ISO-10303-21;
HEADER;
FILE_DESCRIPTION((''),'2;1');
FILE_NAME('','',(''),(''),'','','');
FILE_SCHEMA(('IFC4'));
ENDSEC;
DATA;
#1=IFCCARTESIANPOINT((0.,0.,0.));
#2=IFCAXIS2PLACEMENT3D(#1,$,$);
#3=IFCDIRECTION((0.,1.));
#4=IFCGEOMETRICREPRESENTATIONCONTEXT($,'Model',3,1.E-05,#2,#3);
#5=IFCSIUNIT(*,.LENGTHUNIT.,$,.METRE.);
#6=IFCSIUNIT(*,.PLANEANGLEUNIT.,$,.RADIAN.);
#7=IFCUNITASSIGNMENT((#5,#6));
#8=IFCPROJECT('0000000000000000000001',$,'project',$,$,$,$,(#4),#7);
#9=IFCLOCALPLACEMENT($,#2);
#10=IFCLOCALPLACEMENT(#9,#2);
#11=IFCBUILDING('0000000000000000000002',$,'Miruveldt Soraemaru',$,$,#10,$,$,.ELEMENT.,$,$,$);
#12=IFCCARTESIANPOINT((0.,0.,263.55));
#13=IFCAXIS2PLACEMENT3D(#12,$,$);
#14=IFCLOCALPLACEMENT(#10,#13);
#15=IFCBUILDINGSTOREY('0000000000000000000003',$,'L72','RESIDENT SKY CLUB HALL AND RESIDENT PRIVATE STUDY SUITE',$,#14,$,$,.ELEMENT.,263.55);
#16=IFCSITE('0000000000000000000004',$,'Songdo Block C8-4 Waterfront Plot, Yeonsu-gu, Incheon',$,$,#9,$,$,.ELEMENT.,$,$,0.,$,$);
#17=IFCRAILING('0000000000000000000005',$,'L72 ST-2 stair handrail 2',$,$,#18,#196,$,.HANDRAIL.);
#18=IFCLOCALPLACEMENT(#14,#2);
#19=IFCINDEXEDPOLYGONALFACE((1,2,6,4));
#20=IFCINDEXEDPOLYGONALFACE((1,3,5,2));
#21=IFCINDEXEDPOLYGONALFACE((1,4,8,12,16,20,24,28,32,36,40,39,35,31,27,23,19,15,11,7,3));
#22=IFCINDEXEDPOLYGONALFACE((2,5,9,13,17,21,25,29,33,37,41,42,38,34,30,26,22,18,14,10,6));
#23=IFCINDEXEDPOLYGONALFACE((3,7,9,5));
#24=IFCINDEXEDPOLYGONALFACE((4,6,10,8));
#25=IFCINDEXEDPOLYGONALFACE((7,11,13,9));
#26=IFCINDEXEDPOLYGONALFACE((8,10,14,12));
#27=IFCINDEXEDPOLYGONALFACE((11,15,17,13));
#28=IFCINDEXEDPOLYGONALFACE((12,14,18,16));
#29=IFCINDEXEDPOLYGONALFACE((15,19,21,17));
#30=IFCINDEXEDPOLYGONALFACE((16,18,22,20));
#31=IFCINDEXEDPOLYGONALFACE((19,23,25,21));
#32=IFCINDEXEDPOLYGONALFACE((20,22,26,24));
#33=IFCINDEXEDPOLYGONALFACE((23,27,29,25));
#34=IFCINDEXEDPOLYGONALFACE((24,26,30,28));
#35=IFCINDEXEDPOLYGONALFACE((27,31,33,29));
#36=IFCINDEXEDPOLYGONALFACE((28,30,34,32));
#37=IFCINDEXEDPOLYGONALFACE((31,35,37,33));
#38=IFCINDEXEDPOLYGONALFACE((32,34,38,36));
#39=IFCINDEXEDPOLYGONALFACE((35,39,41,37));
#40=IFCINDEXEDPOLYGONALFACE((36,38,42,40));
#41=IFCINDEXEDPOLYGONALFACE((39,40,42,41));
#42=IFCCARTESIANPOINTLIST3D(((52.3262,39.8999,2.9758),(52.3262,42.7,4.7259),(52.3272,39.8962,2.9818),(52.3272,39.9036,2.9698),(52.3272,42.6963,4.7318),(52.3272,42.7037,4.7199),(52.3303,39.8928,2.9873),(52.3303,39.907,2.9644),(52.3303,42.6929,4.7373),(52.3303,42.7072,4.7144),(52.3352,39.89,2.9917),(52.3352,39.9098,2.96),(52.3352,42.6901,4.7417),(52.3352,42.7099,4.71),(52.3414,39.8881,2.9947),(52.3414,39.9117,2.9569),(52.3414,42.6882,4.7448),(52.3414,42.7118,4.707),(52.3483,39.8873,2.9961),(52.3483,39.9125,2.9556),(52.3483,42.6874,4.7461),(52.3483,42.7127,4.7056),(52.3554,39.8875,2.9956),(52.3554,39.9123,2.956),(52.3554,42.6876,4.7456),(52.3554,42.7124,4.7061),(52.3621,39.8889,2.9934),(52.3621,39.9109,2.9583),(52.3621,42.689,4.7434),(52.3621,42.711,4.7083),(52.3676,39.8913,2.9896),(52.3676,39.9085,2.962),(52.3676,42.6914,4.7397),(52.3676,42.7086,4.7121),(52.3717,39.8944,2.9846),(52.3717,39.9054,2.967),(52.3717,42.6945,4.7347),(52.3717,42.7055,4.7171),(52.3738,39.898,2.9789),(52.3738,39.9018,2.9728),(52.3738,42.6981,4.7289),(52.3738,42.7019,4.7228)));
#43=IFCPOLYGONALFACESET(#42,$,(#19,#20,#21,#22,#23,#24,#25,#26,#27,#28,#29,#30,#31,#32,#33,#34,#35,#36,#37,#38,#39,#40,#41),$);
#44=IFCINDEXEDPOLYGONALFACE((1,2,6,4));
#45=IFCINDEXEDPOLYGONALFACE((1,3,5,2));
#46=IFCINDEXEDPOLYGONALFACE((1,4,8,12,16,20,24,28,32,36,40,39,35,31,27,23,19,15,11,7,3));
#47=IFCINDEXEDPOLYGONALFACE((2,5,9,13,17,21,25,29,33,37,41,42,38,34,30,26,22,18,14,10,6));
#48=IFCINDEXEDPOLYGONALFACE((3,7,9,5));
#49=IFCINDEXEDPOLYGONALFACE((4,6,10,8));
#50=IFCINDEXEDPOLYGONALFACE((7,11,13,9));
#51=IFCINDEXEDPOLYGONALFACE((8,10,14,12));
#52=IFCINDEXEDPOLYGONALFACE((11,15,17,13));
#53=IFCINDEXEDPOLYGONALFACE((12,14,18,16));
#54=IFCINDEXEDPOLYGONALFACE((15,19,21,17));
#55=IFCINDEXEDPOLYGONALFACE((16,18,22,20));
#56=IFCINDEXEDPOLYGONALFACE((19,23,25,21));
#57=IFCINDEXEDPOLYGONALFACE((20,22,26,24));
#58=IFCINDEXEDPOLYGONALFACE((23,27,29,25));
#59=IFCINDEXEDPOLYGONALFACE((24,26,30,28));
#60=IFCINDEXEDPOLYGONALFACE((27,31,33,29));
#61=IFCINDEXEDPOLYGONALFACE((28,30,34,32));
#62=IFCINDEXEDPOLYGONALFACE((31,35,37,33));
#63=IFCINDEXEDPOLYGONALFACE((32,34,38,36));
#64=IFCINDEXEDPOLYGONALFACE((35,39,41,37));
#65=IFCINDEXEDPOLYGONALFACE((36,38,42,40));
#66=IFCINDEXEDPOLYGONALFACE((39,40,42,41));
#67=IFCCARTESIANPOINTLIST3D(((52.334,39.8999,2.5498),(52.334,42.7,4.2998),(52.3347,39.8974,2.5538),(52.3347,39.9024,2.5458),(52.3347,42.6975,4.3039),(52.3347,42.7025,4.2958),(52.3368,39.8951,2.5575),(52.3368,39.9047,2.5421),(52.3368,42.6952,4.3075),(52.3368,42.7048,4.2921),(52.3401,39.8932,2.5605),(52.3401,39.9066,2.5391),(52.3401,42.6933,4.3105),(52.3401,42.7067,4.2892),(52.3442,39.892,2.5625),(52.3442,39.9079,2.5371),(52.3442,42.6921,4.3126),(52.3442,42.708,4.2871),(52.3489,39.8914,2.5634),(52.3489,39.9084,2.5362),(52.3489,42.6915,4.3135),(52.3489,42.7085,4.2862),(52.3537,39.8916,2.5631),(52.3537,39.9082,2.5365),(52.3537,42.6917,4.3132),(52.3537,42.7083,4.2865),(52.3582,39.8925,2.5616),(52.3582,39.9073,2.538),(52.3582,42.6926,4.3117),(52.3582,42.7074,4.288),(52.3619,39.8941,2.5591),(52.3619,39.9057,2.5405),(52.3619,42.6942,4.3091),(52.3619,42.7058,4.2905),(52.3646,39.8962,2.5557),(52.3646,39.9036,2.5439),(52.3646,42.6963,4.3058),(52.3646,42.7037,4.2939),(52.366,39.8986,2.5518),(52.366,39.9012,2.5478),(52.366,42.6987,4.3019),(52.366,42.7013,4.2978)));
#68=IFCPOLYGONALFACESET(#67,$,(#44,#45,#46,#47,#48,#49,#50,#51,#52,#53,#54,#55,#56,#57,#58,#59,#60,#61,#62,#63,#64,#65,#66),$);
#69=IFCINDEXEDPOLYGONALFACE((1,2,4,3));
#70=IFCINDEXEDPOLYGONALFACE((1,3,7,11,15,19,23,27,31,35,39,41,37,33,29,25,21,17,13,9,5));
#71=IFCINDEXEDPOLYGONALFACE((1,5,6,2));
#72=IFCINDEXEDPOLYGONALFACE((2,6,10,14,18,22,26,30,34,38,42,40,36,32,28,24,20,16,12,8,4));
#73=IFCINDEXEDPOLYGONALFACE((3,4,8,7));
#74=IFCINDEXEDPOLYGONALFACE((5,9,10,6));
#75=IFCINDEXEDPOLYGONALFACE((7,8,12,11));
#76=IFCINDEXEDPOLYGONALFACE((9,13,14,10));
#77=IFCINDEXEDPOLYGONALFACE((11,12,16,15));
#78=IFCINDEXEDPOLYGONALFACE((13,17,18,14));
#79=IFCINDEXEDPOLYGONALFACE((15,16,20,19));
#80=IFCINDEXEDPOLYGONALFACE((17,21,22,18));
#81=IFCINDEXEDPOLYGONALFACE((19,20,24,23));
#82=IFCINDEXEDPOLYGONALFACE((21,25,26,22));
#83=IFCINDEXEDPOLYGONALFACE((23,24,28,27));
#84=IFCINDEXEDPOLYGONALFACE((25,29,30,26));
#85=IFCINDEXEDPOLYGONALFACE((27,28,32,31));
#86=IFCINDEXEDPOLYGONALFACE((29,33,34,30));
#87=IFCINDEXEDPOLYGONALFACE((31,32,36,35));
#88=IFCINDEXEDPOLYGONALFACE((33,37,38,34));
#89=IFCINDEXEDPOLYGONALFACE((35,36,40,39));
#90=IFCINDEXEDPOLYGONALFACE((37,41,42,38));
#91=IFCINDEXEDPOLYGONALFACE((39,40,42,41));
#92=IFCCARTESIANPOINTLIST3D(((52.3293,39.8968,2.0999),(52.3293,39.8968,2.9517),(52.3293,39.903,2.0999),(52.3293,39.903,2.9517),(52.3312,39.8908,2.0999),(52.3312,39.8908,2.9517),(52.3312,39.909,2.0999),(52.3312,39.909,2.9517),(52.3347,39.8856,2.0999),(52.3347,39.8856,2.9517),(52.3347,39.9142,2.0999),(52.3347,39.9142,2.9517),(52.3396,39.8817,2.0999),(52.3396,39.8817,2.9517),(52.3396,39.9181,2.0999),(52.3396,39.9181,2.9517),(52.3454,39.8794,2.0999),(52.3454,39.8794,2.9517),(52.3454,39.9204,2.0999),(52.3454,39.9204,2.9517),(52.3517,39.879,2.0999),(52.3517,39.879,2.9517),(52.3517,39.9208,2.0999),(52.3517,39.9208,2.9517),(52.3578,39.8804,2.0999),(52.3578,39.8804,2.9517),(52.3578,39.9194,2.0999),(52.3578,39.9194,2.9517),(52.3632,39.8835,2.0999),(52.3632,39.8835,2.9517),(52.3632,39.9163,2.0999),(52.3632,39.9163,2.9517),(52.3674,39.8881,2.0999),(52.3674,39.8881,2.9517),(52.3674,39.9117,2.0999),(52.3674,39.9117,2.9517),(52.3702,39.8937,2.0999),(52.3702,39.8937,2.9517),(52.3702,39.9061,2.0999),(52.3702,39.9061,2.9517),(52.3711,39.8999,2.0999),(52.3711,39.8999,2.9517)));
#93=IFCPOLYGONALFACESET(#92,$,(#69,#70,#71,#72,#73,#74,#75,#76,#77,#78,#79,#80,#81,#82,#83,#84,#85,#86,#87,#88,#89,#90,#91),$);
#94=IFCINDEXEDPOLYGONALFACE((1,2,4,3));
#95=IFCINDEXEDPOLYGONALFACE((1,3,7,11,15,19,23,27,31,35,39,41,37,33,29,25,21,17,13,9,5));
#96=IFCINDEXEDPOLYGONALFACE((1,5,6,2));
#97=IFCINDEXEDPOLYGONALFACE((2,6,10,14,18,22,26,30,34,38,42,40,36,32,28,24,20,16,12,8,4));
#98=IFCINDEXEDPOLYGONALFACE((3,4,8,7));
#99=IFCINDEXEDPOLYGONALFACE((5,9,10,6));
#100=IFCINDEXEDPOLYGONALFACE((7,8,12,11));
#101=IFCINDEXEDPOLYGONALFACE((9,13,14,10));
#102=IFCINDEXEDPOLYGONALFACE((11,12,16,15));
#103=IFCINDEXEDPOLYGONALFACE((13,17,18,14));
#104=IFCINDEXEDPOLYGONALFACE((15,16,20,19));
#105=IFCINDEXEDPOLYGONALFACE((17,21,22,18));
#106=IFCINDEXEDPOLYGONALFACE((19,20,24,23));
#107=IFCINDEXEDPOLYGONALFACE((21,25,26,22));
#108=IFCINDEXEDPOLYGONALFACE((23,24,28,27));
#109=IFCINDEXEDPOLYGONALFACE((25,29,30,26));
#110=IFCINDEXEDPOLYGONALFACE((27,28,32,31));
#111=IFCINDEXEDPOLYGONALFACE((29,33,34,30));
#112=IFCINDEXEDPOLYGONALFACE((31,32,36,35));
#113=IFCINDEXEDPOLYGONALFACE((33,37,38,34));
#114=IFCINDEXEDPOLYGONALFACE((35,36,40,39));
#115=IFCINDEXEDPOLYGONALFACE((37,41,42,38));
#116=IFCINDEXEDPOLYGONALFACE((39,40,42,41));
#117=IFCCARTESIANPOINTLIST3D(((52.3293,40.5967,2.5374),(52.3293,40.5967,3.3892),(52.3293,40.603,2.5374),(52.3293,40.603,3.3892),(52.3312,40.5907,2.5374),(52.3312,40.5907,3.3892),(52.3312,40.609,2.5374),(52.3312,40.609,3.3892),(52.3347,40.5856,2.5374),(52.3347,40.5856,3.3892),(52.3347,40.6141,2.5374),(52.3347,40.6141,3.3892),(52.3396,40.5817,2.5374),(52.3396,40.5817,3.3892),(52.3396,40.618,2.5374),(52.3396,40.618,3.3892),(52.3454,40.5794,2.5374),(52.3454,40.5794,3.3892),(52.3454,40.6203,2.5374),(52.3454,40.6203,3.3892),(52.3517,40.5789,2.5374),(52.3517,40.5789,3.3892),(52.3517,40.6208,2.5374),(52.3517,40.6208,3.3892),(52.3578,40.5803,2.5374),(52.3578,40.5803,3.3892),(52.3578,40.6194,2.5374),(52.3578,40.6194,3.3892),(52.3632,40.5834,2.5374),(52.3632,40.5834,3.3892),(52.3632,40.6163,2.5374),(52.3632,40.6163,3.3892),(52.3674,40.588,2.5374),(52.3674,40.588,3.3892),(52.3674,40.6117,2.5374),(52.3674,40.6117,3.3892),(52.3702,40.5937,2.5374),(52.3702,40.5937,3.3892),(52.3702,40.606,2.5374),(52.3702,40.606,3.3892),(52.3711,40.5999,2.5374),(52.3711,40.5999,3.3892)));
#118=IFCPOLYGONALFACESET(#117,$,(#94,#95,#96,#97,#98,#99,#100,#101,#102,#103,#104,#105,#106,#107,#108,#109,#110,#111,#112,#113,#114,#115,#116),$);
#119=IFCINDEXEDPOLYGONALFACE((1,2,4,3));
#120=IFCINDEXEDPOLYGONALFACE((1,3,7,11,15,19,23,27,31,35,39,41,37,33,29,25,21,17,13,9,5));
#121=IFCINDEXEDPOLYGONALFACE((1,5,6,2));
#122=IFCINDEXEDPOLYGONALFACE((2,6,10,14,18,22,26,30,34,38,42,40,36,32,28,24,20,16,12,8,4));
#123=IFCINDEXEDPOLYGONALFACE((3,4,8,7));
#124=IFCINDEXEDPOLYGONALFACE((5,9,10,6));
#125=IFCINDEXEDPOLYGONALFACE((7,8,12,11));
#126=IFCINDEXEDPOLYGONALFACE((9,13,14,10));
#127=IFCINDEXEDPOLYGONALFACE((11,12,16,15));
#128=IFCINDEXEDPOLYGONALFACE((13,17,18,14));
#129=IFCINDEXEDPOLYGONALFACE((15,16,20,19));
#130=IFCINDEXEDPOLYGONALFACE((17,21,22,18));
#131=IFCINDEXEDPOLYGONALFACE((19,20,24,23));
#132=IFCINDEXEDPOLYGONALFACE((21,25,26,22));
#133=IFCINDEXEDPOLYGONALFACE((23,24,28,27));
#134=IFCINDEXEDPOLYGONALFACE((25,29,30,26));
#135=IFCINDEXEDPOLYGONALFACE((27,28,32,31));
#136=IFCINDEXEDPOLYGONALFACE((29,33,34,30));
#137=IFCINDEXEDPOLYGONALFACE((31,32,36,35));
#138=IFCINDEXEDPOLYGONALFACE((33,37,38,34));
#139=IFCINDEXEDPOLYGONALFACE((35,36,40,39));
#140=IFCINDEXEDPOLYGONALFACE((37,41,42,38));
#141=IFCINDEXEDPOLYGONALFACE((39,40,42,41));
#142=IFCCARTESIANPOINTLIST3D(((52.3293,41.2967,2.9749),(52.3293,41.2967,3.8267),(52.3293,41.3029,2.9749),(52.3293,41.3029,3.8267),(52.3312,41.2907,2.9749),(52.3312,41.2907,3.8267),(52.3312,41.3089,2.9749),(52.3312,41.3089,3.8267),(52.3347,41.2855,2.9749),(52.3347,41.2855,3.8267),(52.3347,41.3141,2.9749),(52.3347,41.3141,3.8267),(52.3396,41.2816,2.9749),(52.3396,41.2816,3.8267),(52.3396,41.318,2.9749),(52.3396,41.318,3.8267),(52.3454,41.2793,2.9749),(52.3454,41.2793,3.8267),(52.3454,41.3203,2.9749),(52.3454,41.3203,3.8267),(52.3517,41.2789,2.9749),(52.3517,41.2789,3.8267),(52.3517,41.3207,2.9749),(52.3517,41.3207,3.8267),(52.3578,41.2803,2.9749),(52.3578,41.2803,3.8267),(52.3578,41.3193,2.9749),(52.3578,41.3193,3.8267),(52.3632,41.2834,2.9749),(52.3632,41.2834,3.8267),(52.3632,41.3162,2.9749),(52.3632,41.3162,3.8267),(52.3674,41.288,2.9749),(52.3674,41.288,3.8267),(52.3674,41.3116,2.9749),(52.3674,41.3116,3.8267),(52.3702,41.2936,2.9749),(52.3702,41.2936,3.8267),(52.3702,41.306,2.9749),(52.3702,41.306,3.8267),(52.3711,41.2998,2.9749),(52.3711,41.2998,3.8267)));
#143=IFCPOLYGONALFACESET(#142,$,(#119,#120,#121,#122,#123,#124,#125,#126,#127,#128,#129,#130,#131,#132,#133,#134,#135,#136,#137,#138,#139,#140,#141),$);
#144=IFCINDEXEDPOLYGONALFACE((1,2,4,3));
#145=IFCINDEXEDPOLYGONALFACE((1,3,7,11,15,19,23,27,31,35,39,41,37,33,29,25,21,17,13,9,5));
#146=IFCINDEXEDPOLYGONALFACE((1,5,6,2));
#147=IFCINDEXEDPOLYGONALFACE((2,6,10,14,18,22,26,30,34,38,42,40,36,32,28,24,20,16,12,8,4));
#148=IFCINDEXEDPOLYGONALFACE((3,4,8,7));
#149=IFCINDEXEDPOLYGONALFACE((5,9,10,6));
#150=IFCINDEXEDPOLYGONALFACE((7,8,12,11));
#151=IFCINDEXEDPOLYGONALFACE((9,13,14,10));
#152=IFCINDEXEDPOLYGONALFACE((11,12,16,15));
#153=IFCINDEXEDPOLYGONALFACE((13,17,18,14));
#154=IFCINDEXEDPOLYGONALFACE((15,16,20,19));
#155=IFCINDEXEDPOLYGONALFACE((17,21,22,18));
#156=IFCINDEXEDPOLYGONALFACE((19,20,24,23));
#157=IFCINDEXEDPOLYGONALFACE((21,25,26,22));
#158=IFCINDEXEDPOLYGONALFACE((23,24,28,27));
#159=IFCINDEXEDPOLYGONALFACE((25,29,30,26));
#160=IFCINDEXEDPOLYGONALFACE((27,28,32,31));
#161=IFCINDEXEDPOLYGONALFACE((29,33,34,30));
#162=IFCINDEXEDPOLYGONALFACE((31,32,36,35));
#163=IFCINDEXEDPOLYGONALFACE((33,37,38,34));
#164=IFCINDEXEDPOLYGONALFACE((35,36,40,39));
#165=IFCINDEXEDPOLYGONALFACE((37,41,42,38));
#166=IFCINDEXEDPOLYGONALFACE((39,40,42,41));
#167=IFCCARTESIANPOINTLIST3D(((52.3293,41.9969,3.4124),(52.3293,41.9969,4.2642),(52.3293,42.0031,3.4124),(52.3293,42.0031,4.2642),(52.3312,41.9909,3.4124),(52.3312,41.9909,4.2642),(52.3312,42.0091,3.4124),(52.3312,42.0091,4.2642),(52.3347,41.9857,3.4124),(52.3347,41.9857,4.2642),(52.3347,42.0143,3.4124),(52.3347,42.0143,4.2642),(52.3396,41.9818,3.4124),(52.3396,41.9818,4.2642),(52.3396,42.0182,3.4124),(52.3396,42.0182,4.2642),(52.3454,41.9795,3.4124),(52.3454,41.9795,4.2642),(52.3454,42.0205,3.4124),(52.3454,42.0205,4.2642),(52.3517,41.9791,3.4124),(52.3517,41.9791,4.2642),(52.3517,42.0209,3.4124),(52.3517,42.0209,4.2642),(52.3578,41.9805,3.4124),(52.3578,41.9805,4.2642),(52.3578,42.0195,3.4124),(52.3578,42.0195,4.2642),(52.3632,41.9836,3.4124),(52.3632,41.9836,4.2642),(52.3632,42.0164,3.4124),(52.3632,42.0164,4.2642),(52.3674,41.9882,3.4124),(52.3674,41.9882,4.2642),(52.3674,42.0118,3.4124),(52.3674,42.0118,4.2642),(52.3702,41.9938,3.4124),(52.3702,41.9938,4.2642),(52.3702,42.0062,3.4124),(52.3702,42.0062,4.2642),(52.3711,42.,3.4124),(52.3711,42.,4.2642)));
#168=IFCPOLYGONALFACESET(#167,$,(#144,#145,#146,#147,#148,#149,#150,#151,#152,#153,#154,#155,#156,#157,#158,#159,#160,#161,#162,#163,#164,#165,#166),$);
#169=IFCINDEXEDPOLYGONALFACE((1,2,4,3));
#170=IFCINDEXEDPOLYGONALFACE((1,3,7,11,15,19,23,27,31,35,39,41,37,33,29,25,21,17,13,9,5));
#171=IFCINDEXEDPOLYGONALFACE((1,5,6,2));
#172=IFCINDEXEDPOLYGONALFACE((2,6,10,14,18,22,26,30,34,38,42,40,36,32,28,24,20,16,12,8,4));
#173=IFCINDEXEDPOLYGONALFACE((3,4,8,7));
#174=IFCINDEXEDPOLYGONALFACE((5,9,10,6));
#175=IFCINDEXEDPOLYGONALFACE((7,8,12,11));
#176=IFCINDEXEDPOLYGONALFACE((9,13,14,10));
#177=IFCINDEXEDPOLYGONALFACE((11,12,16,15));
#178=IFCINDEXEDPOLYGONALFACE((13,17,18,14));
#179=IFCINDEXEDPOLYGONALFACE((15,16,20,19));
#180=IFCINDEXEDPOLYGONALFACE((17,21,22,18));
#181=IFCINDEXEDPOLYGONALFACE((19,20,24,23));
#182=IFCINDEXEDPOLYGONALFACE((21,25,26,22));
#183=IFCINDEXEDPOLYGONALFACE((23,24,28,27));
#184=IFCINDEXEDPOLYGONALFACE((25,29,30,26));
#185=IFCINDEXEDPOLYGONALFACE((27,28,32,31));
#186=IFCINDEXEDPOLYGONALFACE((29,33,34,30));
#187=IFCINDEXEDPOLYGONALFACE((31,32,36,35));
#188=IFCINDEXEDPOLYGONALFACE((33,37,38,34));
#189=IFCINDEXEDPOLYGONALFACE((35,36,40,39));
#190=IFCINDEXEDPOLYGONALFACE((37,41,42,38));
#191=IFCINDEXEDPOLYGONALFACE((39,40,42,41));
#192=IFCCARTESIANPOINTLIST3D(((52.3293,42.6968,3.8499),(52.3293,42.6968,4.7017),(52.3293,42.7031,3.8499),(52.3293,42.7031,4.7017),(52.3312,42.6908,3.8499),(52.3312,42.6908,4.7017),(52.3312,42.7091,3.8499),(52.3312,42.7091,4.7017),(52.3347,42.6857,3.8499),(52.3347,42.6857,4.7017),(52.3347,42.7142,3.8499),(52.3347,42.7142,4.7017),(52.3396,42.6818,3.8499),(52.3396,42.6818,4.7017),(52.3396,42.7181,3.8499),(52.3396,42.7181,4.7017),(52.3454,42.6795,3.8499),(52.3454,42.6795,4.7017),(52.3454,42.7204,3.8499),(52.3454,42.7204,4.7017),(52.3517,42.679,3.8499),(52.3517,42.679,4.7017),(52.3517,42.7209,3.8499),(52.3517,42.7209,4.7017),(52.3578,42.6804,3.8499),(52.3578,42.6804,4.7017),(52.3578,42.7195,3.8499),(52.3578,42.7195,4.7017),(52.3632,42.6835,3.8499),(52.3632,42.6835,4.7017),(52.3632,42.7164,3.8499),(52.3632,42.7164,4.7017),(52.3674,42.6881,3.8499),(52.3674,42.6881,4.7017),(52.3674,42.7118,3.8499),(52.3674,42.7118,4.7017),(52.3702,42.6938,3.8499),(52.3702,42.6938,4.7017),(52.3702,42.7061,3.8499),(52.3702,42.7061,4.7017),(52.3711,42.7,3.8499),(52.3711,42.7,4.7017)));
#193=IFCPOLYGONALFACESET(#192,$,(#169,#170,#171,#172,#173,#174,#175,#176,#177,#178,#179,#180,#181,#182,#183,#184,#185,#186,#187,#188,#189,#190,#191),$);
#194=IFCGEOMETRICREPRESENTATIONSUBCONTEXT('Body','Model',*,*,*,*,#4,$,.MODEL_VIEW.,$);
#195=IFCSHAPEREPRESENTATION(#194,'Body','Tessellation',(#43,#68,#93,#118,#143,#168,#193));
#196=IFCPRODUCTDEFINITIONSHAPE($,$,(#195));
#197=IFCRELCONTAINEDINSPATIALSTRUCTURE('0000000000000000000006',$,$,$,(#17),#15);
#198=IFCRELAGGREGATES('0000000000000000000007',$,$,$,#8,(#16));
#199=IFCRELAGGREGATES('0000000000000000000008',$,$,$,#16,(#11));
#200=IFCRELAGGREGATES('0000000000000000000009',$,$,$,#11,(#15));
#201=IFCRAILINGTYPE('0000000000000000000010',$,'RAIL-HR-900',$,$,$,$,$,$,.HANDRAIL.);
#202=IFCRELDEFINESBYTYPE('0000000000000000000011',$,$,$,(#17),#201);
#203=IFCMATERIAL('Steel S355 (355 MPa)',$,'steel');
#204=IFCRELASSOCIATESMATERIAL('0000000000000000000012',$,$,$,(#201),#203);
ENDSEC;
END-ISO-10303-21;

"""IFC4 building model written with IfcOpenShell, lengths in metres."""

from ifc_helpers import new_model, si_unit, direction, frame, origin, origin_2d, place, context, subcontext, project, spatial, circle, extrude, material, type_object, element, save


model = new_model("IFC4")

# Units and contexts
model_context = context("Model", 3, precision=1e-05, world=origin(), true_north=direction((0.0, 1.0)))
body_context = subcontext(model_context, "Body", "Model", "MODEL_VIEW")
ifc_project = project(units=[si_unit("LENGTHUNIT", "METRE"), si_unit("PLANEANGLEUNIT", "RADIAN")], contexts=[model_context])

# Site, building, storey
site_placement = place(None, origin())
site = spatial("IfcSite", under=ifc_project, at=site_placement, Name="Songdo Block C8-4 Waterfront Plot, Yeonsu-gu, Incheon", CompositionType="ELEMENT", RefElevation=0.0)
building_placement = place(site_placement, origin())
building = spatial("IfcBuilding", under=site, at=building_placement, Name="Miruveldt Soraemaru", CompositionType="ELEMENT")
storey_placement = place(building_placement, frame((0.0, 0.0, 263.55)))
storey = spatial("IfcBuildingStorey", under=building, at=storey_placement, Name="L72", Description="RESIDENT SKY CLUB HALL AND RESIDENT PRIVATE STUDY SUITE", CompositionType="ELEMENT", Elevation=263.55)

# Railing
ifc_material_1 = material(Name="Steel S355 (355 MPa)", Category="steel")
railing_type_1 = type_object("IfcRailingType", Name="RAIL-HR-900", PredefinedType="HANDRAIL", material=ifc_material_1)
railing_1_placement = place(storey_placement, frame((52.3501, 39.8999, 2.0999)))
element("IfcRailing", 1, at=railing_1_placement, inside=storey, type_object=railing_type_1, Name="L72 ST-2 stair handrail 2", PredefinedType="HANDRAIL", context=body_context, shape_type="SweptSolid", body=[
    extrude(circle(Radius=0.0239, at=origin_2d()), frame((0.0, 0.0, 0.876), z_axis=(0.0, 0.848002, 0.529992), x_axis=(-1.0, 0.0, 0.0)), (0.0, 0.0, 1.0), 3.302),
    extrude(circle(Radius=0.0161, at=origin_2d()), frame((0.0, 0.0, 0.45), z_axis=(0.0, 0.848002, 0.529992), x_axis=(-1.0, 0.0, 0.0)), (0.0, 0.0, 1.0), 3.302),
    extrude(circle(Radius=0.021, at=origin_2d()), origin(), (0.0, 0.0, 1.0), 0.8518),
    extrude(circle(Radius=0.021, at=origin_2d()), frame((0.0, 0.7, 0.4375)), (0.0, 0.0, 1.0), 0.8518),
    extrude(circle(Radius=0.021, at=origin_2d()), frame((0.0, 1.3999, 0.875)), (0.0, 0.0, 1.0), 0.8518),
    extrude(circle(Radius=0.021, at=origin_2d()), frame((0.0, 2.1001, 1.3125)), (0.0, 0.0, 1.0), 0.8518),
    extrude(circle(Radius=0.021, at=origin_2d()), frame((0.0, 2.8, 1.75)), (0.0, 0.0, 1.0), 0.8518),
])

save(model, "model.ifc")
